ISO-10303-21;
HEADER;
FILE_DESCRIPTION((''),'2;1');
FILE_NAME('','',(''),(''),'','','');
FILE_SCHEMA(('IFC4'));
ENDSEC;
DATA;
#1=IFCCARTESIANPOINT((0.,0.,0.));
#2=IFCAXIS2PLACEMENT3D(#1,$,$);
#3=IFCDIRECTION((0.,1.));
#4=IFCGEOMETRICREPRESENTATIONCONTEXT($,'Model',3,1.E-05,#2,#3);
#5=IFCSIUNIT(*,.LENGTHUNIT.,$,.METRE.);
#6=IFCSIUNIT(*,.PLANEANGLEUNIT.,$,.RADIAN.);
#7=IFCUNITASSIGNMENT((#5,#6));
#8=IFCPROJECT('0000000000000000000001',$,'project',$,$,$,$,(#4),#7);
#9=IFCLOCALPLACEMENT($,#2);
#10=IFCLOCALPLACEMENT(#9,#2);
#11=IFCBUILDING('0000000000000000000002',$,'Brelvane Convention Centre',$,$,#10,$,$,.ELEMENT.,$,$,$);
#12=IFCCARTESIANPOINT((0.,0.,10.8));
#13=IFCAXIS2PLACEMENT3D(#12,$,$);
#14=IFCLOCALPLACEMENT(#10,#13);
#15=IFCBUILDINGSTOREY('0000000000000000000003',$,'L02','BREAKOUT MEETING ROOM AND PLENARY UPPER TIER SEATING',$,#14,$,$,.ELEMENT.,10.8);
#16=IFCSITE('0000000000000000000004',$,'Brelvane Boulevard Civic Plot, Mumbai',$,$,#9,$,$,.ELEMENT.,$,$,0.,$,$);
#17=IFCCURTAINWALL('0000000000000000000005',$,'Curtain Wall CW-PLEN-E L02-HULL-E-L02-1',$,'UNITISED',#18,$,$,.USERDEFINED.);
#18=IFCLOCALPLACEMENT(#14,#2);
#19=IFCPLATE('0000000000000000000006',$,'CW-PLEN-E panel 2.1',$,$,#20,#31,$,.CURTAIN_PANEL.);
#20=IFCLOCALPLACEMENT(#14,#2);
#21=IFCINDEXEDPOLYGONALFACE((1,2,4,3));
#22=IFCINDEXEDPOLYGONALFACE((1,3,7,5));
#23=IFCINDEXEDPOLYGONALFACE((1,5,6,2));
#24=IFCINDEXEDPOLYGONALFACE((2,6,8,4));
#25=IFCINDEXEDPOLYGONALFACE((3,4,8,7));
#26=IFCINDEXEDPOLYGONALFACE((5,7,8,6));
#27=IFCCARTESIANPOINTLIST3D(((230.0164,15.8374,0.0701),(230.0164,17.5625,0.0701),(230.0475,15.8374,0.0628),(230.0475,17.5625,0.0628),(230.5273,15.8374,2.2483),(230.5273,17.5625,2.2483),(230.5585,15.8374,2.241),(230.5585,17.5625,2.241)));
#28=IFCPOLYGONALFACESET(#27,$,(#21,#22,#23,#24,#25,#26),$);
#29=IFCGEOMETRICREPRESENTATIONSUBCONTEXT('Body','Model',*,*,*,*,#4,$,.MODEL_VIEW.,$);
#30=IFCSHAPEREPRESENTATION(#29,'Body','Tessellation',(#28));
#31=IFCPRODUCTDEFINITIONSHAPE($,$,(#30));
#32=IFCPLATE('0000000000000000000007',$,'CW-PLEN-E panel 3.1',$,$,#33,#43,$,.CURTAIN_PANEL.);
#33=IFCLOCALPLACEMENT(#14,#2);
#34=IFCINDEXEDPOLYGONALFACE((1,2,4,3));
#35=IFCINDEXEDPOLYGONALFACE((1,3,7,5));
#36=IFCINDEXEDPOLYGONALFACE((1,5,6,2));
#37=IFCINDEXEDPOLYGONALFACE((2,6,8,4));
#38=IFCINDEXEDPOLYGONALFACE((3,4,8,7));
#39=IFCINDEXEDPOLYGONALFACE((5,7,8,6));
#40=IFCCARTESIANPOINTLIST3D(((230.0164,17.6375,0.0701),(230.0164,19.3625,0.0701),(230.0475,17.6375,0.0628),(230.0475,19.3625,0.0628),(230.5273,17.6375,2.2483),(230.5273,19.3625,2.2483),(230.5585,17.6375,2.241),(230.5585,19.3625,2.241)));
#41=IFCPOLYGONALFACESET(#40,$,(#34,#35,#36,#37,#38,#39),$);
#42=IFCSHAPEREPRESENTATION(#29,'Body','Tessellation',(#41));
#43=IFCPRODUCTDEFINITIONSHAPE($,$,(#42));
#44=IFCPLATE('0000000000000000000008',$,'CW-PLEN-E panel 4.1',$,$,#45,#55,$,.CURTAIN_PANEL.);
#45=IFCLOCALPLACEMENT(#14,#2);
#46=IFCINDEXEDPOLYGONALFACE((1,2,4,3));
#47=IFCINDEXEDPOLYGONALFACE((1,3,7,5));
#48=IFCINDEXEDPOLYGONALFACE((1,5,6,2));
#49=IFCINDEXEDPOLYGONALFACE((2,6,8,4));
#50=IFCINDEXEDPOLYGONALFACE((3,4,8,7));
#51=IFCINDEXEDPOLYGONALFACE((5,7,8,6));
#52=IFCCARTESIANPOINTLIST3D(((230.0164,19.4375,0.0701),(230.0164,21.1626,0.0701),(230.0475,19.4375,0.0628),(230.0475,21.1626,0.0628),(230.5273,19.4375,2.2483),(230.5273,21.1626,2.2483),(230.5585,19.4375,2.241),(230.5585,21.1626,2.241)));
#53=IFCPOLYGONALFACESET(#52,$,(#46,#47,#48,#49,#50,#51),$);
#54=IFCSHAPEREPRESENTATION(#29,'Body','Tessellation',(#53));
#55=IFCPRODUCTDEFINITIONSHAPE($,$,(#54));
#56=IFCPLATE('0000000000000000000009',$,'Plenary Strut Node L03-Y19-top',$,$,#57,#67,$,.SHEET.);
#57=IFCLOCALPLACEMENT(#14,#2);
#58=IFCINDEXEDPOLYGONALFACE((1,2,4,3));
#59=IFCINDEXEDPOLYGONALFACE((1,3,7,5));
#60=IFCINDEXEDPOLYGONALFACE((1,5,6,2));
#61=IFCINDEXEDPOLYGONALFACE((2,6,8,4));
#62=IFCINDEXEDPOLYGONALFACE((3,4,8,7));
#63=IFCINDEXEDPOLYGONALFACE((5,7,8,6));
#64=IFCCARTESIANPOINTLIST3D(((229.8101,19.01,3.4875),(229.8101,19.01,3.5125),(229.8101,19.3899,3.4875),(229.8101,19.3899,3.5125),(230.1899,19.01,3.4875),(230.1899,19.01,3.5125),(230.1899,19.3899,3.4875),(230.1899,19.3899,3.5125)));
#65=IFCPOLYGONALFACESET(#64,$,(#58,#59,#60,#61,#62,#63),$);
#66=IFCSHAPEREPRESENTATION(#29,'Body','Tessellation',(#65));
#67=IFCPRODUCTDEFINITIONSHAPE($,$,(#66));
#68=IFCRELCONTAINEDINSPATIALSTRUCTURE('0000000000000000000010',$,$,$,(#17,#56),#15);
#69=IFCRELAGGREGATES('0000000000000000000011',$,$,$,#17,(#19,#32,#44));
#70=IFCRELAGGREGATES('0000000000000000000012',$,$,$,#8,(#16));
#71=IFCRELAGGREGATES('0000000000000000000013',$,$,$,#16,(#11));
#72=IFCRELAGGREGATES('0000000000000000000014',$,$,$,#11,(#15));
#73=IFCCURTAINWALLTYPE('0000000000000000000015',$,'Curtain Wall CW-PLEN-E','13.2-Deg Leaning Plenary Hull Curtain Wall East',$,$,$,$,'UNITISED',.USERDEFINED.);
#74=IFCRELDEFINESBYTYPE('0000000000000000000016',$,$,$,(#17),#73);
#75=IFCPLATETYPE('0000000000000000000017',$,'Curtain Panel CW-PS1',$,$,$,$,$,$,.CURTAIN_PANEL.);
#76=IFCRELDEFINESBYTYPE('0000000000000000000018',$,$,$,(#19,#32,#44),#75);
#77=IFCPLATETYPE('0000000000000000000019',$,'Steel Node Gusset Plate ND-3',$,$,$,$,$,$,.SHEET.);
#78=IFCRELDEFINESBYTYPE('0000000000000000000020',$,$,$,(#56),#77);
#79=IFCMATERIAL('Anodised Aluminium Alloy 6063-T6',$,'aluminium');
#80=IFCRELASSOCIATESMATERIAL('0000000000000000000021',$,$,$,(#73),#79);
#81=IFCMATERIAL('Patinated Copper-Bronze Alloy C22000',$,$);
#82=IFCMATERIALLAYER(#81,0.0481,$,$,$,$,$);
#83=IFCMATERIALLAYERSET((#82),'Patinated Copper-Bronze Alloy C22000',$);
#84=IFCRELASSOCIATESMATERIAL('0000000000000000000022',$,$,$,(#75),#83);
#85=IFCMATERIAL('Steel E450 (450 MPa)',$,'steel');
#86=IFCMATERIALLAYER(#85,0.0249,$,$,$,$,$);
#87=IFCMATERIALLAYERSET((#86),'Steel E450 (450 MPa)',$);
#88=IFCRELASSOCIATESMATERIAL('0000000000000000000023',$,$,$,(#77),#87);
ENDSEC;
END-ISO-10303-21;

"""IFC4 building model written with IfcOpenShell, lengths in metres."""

from ifc_helpers import new_model, si_unit, direction, frame, origin, origin_2d, place, context, subcontext, project, spatial, polyline, rectangle, outline, extrude, material, layer, layer_set, type_object, element, aggregate, save


model = new_model("IFC4")

# Units and contexts
model_context = context("Model", 3, precision=1e-05, world=origin(), true_north=direction((0.0, 1.0)))
body_context = subcontext(model_context, "Body", "Model", "MODEL_VIEW")
ifc_project = project(units=[si_unit("LENGTHUNIT", "METRE"), si_unit("PLANEANGLEUNIT", "RADIAN")], contexts=[model_context])

# Site, building, storey
site_placement = place(None, origin())
site = spatial("IfcSite", under=ifc_project, at=site_placement, Name="Brelvane Boulevard Civic Plot, Mumbai", CompositionType="ELEMENT", RefElevation=0.0)
building_placement = place(site_placement, origin())
building = spatial("IfcBuilding", under=site, at=building_placement, Name="Brelvane Convention Centre", CompositionType="ELEMENT")
storey_placement = place(building_placement, frame((0.0, 0.0, 10.8)))
storey = spatial("IfcBuildingStorey", under=building, at=storey_placement, Name="L02", Description="BREAKOUT MEETING ROOM AND PLENARY UPPER TIER SEATING", CompositionType="ELEMENT", Elevation=10.8)

# Curtain wall, plates
ifc_material_1 = material(Name="Anodised Aluminium Alloy 6063-T6", Category="aluminium")
curtain_wall_type = type_object("IfcCurtainWallType", Name="Curtain Wall CW-PLEN-E", Description="13.2-Deg Leaning Plenary Hull Curtain Wall East", ElementType="UNITISED", PredefinedType="USERDEFINED", material=ifc_material_1)
curtain_wall_placement = place(storey_placement, origin())
curtain_wall = element("IfcCurtainWall", 1, at=curtain_wall_placement, inside=storey, type_object=curtain_wall_type, Name="Curtain Wall CW-PLEN-E L02-HULL-E-L02-1", ObjectType="UNITISED", PredefinedType="USERDEFINED")
ifc_material_2 = material(Name="Patinated Copper-Bronze Alloy C22000")
ifc_layer_1 = layer(ifc_material_2, 0.0481)
ifc_layer_set_1 = layer_set([ifc_layer_1], Name="Patinated Copper-Bronze Alloy C22000")
plate_type_1 = type_object("IfcPlateType", Name="Curtain Panel CW-PS1", PredefinedType="CURTAIN_PANEL", material=ifc_layer_set_1)
plate_1_placement = place(storey_placement, frame((230.0164, 15.8374, 0.0701), z_axis=(-0.97357, 0.0, 0.228388), x_axis=(0.0, 1.0, 0.0)))
plate_1 = element("IfcPlate", 2, at=plate_1_placement, type_object=plate_type_1, Name="CW-PLEN-E panel 2.1", PredefinedType="CURTAIN_PANEL", context=body_context, shape_type="SweptSolid", body=[
    extrude(outline(polyline([(0.0, 0.0), (1.7251, 0.0), (1.7251, -2.2374), (0.0, -2.2374), (0.0, 0.0)])), origin(), (0.0, 0.0, -1.0), 0.032),
])
plate_2_placement = place(storey_placement, frame((230.0164, 17.6375, 0.0701), z_axis=(-0.97357, 0.0, 0.228388), x_axis=(0.0, 1.0, 0.0)))
plate_2 = element("IfcPlate", 3, at=plate_2_placement, type_object=plate_type_1, Name="CW-PLEN-E panel 3.1", PredefinedType="CURTAIN_PANEL", context=body_context, shape_type="SweptSolid", body=[
    extrude(outline(polyline([(0.0, 0.0), (1.7251, 0.0), (1.7251, -2.2374), (0.0, -2.2374), (0.0, 0.0)])), origin(), (0.0, 0.0, -1.0), 0.032),
])
plate_3_placement = place(storey_placement, frame((230.0164, 19.4375, 0.0701), z_axis=(-0.97357, 0.0, 0.228388), x_axis=(0.0, 1.0, 0.0)))
plate_3 = element("IfcPlate", 4, at=plate_3_placement, type_object=plate_type_1, Name="CW-PLEN-E panel 4.1", PredefinedType="CURTAIN_PANEL", context=body_context, shape_type="SweptSolid", body=[
    extrude(outline(polyline([(0.0, 0.0), (1.7251, 0.0), (1.7251, -2.2374), (0.0, -2.2374), (0.0, 0.0)])), origin(), (0.0, 0.0, -1.0), 0.032),
])
aggregate(curtain_wall, [plate_1, plate_2, plate_3])

# Plate
ifc_material_3 = material(Name="Steel E450 (450 MPa)", Category="steel")
ifc_layer_2 = layer(ifc_material_3, 0.0249)
ifc_layer_set_2 = layer_set([ifc_layer_2], Name="Steel E450 (450 MPa)")
plate_type_2 = type_object("IfcPlateType", Name="Steel Node Gusset Plate ND-3", PredefinedType="SHEET", material=ifc_layer_set_2)
plate_4_placement = place(storey_placement, frame((230.0, 19.2, 3.4875), z_axis=(0.0, 0.0, 1.0), x_axis=(1.0, 0.0, 0.0)))
element("IfcPlate", 5, at=plate_4_placement, inside=storey, type_object=plate_type_2, Name="Plenary Strut Node L03-Y19-top", PredefinedType="SHEET", context=body_context, shape_type="SweptSolid", body=[
    extrude(rectangle(XDim=0.3799, YDim=0.3799, at=origin_2d()), origin(), (0.0, 0.0, 1.0), 0.0249),
])

save(model, "model.ifc")
